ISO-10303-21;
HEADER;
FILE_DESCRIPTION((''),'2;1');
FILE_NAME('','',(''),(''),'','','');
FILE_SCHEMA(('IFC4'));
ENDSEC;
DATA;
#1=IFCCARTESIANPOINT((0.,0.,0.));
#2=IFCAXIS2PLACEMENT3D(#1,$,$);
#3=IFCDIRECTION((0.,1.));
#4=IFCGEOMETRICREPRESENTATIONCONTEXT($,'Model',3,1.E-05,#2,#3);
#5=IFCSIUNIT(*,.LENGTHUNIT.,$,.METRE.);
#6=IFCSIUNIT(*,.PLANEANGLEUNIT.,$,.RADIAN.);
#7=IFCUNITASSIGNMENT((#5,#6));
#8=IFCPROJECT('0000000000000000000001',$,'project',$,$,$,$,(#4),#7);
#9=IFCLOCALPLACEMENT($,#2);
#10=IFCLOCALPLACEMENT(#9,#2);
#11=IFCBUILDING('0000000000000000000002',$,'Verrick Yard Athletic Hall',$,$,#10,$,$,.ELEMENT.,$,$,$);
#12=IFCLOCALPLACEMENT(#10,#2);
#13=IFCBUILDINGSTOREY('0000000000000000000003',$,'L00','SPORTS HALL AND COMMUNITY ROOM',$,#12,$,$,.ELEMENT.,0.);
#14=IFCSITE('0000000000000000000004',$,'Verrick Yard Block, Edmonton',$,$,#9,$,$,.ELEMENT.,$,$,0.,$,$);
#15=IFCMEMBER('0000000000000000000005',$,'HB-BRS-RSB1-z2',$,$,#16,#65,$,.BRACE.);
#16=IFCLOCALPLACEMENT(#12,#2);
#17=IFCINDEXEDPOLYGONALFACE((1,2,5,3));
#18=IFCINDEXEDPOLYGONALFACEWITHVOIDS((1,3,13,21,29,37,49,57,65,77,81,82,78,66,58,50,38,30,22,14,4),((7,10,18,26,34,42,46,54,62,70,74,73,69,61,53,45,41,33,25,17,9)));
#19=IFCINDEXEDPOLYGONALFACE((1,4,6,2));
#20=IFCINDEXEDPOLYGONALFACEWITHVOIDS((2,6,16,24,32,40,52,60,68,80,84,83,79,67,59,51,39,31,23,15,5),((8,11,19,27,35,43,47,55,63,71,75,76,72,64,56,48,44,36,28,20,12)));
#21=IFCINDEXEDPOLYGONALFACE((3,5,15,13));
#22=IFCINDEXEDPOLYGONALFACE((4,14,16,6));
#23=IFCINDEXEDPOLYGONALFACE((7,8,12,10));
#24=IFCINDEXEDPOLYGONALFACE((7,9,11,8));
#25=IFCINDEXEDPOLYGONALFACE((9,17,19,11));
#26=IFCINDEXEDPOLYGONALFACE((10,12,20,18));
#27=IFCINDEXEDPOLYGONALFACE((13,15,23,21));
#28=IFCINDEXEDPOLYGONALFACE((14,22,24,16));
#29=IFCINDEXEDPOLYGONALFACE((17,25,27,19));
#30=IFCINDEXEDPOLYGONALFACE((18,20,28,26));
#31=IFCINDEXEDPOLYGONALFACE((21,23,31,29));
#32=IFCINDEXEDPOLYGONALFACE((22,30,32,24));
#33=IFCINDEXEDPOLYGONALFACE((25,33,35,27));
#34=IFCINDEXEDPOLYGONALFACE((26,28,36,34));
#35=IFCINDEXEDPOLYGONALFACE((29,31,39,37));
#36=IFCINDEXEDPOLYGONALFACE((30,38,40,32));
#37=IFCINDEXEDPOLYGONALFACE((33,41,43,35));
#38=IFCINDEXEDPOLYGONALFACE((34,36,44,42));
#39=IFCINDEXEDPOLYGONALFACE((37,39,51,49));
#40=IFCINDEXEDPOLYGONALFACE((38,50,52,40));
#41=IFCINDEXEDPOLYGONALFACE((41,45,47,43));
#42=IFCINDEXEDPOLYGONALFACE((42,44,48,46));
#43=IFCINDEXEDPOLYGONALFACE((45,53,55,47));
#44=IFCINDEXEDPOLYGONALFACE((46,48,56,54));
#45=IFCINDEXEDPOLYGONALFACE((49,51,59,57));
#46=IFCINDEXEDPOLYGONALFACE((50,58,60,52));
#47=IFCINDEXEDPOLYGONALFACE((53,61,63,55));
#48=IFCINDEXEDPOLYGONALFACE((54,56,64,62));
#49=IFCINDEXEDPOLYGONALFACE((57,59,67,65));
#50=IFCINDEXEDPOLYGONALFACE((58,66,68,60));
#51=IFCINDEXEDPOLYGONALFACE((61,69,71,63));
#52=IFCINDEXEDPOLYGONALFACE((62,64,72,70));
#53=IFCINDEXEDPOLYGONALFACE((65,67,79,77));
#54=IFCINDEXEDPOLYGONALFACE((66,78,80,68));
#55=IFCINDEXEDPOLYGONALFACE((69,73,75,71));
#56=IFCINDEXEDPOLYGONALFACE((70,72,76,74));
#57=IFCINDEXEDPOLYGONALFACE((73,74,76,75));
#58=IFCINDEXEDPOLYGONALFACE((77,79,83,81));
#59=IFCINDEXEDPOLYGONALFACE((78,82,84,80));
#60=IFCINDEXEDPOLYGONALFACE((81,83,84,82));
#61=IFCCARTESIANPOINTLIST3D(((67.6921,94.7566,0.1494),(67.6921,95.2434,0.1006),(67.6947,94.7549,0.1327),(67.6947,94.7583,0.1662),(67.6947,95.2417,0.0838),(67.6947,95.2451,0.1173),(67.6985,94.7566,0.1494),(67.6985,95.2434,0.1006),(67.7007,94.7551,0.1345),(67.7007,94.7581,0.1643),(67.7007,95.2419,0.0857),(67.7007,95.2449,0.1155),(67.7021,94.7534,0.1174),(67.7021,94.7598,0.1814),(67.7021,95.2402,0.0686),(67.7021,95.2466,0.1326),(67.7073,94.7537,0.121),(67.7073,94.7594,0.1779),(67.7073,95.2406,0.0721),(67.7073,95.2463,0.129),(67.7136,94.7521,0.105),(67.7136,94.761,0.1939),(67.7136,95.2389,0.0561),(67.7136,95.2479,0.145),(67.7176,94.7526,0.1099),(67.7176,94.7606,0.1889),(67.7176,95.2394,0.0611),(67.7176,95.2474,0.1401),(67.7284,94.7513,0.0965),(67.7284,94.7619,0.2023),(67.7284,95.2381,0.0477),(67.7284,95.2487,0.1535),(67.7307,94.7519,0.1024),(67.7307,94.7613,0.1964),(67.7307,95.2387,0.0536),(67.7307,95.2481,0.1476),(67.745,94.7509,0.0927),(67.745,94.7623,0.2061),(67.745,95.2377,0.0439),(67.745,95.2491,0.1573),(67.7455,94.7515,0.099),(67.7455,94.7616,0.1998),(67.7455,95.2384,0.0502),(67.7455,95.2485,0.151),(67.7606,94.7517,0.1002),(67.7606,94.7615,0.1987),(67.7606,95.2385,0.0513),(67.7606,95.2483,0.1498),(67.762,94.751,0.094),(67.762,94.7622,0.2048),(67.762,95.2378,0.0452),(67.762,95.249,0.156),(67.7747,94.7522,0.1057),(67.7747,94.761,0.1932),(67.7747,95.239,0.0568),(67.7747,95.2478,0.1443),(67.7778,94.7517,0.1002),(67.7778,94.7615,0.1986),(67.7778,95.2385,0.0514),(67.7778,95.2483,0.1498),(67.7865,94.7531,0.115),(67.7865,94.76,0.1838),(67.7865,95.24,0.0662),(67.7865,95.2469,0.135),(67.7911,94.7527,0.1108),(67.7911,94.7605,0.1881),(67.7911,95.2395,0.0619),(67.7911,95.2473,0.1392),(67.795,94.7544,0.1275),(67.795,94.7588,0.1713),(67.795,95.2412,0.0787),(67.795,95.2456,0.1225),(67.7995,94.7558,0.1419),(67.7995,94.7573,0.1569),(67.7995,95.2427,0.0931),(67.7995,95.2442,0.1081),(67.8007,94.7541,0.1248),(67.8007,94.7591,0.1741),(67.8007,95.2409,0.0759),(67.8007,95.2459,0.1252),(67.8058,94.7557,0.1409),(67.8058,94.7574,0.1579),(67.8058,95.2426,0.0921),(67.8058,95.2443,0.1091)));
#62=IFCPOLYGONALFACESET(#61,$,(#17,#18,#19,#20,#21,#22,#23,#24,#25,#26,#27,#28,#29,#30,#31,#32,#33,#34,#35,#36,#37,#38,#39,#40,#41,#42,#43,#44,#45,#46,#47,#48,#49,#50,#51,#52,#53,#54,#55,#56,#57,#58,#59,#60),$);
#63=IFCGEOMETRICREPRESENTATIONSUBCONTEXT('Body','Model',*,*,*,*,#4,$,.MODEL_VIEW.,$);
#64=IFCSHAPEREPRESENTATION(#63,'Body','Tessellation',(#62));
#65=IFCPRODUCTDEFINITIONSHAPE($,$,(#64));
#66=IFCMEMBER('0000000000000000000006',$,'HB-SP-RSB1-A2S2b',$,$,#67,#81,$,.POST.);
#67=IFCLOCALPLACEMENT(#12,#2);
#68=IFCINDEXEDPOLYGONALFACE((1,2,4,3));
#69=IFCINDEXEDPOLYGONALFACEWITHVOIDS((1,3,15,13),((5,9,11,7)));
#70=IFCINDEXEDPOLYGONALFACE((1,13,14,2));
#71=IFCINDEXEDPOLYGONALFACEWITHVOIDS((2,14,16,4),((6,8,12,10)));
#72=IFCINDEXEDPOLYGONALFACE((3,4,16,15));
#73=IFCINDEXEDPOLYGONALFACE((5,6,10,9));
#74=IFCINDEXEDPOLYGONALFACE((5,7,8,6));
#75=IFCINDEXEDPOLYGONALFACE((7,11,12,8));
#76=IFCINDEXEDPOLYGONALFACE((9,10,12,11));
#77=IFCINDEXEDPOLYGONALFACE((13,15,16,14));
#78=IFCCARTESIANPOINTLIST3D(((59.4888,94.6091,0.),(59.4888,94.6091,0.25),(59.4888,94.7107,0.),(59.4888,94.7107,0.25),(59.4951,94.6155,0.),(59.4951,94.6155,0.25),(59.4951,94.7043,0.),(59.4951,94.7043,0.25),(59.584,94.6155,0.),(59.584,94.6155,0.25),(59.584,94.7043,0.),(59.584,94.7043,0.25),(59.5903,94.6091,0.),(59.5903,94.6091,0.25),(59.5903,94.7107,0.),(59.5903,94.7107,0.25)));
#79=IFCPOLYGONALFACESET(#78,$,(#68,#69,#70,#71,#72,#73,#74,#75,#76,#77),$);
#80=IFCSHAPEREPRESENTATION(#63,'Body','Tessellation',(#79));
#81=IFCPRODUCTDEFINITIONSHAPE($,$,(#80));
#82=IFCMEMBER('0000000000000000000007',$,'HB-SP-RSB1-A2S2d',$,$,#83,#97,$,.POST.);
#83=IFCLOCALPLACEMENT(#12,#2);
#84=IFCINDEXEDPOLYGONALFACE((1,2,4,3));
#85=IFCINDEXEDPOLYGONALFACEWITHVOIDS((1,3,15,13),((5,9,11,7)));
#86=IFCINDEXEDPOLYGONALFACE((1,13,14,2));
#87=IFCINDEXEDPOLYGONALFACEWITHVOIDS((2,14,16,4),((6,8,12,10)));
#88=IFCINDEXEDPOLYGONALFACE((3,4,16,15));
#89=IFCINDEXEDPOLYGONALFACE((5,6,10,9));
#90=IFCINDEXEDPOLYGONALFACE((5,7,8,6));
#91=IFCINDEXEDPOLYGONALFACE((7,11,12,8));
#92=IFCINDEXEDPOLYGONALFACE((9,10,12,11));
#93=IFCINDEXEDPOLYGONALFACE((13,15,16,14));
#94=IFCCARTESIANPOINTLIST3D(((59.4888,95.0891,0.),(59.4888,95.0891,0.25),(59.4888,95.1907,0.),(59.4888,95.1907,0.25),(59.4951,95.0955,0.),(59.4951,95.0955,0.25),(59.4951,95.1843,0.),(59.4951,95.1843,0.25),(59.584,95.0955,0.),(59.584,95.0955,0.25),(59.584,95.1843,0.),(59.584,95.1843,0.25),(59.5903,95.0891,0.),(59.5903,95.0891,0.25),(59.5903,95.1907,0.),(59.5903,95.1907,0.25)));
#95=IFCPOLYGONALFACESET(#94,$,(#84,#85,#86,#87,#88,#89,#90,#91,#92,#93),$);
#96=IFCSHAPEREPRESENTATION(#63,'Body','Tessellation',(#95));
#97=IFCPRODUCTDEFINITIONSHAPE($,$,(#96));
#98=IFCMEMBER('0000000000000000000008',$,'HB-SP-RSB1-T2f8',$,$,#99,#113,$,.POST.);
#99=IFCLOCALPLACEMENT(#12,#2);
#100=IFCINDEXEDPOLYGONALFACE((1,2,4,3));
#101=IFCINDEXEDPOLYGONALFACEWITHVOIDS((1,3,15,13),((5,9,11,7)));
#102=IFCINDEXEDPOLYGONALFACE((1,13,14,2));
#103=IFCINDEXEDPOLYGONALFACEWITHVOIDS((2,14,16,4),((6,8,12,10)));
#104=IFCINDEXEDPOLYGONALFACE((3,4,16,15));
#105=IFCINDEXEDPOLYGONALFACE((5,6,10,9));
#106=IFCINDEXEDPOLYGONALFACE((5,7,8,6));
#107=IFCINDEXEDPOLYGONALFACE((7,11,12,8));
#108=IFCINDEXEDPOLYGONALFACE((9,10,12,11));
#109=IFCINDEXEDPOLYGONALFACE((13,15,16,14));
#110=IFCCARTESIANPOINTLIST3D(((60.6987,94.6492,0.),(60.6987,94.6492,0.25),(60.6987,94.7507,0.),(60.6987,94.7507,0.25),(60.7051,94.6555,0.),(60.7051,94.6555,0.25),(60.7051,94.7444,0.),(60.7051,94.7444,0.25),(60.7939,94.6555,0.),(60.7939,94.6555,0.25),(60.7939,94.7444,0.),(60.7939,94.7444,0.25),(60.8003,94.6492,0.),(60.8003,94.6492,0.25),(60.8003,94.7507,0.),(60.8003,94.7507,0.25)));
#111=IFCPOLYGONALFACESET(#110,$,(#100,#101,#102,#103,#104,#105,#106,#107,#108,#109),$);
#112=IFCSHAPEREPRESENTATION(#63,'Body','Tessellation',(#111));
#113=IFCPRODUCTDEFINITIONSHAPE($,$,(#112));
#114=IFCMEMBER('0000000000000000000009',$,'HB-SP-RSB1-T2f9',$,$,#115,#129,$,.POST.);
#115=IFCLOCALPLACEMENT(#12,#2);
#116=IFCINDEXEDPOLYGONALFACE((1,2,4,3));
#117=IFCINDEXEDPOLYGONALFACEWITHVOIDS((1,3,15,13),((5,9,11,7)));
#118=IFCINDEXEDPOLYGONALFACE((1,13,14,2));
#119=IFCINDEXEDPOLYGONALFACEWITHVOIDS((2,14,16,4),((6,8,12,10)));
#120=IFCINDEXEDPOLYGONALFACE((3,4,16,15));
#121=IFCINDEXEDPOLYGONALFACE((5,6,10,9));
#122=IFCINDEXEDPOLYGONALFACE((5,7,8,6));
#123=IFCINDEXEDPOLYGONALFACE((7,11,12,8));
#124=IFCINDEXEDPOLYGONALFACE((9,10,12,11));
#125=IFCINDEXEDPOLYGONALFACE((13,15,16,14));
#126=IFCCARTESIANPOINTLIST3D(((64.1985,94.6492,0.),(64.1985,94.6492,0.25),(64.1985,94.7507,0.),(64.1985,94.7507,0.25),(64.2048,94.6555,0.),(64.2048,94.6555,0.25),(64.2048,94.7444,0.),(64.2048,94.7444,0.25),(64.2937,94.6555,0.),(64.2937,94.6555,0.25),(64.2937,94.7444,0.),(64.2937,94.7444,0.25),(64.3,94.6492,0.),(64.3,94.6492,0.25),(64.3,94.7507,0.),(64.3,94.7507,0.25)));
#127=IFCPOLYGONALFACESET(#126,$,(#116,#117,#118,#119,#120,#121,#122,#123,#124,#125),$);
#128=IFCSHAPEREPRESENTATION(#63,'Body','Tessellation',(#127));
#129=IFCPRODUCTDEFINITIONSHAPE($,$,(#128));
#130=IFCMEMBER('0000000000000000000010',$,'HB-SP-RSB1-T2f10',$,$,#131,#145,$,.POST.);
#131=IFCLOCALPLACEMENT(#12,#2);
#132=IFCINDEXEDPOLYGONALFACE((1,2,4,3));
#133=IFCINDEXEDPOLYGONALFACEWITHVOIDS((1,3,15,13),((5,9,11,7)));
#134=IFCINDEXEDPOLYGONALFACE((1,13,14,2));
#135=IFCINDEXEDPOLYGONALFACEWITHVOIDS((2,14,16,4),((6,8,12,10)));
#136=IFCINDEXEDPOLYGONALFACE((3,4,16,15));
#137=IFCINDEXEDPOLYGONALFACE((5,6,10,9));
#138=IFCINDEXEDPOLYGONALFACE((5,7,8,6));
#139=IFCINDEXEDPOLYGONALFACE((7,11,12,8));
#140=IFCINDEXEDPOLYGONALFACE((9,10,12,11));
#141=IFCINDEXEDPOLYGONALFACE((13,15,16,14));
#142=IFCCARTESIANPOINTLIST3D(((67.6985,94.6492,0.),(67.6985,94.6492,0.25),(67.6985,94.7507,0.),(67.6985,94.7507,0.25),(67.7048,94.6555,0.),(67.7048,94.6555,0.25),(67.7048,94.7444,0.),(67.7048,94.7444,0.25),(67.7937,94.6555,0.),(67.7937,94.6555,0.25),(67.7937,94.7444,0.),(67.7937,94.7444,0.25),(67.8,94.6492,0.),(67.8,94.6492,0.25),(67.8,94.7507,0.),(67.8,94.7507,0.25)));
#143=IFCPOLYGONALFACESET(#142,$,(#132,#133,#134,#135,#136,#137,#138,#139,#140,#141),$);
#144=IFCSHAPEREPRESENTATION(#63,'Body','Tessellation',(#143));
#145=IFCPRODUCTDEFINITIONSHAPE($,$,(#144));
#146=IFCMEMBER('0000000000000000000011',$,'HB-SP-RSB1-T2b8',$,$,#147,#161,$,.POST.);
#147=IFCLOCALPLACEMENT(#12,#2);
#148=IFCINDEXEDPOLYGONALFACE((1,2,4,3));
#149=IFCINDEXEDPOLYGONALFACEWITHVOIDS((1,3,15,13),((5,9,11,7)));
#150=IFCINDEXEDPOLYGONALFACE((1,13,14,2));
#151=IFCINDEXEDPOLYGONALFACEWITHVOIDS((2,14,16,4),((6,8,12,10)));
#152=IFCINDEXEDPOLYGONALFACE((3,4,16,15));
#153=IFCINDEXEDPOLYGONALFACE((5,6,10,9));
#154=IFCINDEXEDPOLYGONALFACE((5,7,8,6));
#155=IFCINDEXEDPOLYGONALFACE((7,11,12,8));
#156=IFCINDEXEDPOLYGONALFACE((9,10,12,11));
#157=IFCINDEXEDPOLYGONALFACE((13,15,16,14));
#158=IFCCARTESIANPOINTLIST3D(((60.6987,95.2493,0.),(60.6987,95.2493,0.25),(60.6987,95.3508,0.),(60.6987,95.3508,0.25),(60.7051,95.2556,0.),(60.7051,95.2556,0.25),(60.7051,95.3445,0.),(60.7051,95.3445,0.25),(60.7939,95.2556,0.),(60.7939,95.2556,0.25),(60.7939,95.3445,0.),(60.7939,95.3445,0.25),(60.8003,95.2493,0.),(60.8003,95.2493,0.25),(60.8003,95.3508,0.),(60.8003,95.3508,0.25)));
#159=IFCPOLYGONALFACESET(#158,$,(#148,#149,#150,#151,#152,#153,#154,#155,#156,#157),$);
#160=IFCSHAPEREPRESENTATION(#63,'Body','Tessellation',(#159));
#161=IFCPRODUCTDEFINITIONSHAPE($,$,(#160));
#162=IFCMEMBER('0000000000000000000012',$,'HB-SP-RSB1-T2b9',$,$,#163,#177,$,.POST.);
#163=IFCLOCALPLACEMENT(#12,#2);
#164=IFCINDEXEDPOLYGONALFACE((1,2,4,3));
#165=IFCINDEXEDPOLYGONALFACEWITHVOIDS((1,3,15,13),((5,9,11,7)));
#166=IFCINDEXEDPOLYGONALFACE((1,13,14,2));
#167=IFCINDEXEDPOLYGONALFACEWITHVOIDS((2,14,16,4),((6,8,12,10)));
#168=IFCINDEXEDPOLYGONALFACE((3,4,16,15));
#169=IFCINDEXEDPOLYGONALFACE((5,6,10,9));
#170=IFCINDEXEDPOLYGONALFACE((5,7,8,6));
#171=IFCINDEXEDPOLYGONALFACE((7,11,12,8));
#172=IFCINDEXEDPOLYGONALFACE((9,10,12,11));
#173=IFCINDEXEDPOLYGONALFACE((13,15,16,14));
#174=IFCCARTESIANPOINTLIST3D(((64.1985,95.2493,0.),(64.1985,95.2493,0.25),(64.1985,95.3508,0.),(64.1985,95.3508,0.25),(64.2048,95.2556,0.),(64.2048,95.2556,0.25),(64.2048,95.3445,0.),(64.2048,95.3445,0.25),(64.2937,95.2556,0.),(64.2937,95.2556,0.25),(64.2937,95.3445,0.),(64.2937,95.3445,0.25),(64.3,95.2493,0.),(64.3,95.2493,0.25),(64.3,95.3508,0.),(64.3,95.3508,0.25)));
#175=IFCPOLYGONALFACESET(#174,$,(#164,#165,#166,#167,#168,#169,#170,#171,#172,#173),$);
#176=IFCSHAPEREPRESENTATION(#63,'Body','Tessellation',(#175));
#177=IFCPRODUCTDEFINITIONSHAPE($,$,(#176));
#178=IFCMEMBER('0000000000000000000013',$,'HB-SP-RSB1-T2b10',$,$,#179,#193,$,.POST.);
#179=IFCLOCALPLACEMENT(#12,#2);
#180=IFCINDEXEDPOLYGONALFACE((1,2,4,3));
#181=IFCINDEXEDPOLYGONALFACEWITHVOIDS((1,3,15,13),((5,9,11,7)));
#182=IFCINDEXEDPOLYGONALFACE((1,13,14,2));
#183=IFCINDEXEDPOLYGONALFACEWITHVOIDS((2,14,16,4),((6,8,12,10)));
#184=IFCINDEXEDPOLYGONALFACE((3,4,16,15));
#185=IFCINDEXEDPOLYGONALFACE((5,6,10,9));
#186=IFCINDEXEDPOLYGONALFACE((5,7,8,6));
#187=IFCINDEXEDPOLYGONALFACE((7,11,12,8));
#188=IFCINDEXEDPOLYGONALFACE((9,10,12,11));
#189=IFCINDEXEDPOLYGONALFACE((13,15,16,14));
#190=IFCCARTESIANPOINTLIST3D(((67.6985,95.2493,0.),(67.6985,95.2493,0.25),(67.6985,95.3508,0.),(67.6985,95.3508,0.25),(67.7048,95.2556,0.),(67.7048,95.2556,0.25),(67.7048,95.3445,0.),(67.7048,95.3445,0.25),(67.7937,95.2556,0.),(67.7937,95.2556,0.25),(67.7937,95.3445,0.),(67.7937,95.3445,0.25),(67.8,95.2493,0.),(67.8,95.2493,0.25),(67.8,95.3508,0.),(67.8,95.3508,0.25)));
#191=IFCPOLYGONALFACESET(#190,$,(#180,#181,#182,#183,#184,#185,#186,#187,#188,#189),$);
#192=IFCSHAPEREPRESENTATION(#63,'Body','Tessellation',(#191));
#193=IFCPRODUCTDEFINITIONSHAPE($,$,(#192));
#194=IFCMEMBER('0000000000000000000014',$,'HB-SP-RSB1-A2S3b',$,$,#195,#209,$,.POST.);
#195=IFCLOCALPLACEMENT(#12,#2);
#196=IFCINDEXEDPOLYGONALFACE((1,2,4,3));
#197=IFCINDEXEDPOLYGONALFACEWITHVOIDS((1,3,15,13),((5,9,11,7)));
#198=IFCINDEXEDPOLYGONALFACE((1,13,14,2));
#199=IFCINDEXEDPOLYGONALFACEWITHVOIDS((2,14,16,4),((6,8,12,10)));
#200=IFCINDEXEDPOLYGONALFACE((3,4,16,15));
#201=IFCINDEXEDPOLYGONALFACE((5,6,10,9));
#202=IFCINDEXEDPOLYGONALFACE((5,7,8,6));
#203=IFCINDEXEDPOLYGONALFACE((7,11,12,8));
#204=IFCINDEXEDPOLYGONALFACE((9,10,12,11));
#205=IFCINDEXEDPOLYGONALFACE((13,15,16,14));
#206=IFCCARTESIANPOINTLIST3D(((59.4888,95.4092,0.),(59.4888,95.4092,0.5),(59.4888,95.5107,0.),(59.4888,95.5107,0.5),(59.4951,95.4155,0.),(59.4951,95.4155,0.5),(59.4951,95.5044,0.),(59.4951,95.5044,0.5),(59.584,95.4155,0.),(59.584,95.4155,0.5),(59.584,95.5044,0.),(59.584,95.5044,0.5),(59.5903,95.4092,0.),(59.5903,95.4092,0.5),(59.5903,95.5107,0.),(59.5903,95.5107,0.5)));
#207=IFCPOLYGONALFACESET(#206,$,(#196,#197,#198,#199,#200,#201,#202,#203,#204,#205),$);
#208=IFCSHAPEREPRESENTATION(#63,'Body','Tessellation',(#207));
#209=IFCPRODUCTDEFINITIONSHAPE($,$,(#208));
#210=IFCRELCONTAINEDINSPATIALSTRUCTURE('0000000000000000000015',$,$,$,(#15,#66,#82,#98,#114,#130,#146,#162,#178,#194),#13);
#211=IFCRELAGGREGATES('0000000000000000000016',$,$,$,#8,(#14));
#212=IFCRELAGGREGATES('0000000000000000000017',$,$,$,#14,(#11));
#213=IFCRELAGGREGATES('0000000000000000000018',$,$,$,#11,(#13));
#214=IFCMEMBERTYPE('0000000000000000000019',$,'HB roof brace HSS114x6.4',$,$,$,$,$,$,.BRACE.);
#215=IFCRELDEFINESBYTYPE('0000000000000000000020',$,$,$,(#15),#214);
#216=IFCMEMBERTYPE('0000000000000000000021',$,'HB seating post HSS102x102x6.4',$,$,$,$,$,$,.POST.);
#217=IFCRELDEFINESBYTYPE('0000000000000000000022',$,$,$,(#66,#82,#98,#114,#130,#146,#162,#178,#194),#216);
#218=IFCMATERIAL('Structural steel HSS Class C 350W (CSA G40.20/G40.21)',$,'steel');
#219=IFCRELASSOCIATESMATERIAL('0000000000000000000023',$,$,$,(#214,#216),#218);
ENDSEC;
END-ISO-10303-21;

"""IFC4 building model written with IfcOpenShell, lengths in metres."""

from ifc_helpers import new_model, si_unit, direction, frame, origin, origin_2d, place, context, subcontext, project, spatial, hollow_rectangle, hollow_circle, extrude, material, material_profile, profile_set, type_object, element, save


model = new_model("IFC4")

# Units and contexts
model_context = context("Model", 3, precision=1e-05, world=origin(), true_north=direction((0.0, 1.0)))
body_context = subcontext(model_context, "Body", "Model", "MODEL_VIEW")
ifc_project = project(units=[si_unit("LENGTHUNIT", "METRE"), si_unit("PLANEANGLEUNIT", "RADIAN")], contexts=[model_context])

# Site, building, storey
site_placement = place(None, origin())
site = spatial("IfcSite", under=ifc_project, at=site_placement, Name="Verrick Yard Block, Edmonton", CompositionType="ELEMENT", RefElevation=0.0)
building_placement = place(site_placement, origin())
building = spatial("IfcBuilding", under=site, at=building_placement, Name="Verrick Yard Athletic Hall", CompositionType="ELEMENT")
storey_placement = place(building_placement, origin())
storey = spatial("IfcBuildingStorey", under=building, at=storey_placement, Name="L00", Description="SPORTS HALL AND COMMUNITY ROOM", CompositionType="ELEMENT", Elevation=0.0)

# Members
ifc_material = material(Name="Structural steel HSS Class C 350W (CSA G40.20/G40.21)", Category="steel")
ifc_material_profile_1 = material_profile(ifc_material, hollow_circle(Radius=0.0571, WallThickness=0.0063, at=origin_2d()), Name="HSS114x6.4")
ifc_profile_set_1 = profile_set([ifc_material_profile_1], Name="Structural steel HSS Class C 350W (CSA G40.20/G40.21)")
member_type_1 = type_object("IfcMemberType", Name="HB roof brace HSS114x6.4", PredefinedType="BRACE", material=ifc_profile_set_1)
member_placement = place(storey_placement, frame((67.7493, 94.7566, 0.1494), z_axis=(0.0, 0.995008, -0.0998), x_axis=(-1.0, 0.0, 0.0)))
element("IfcMember", 1, at=member_placement, inside=storey, type_object=member_type_1, Name="HB-BRS-RSB1-z2", PredefinedType="BRACE", context=body_context, shape_type="SweptSolid", body=[
    extrude(hollow_circle(Radius=0.0571, WallThickness=0.0063, at=origin_2d()), origin(), (0.0, 0.0, 1.0), 0.4893),
])
ifc_material_profile_2 = material_profile(ifc_material, hollow_rectangle(XDim=0.1016, YDim=0.1016, WallThickness=0.0063, at=origin_2d()), Name="HSS102x102x6.4")
ifc_profile_set_2 = profile_set([ifc_material_profile_2], Name="Structural steel HSS Class C 350W (CSA G40.20/G40.21)")
member_type_2 = type_object("IfcMemberType", Name="HB seating post HSS102x102x6.4", PredefinedType="POST", material=ifc_profile_set_2)
for number, where, z_axis, x_axis, name in (
    (2, (59.5396, 94.6599, 0.0), (0.0, 0.0, 1.0), (0.0, 1.0, 0.0), "HB-SP-RSB1-A2S2b"),
    (3, (59.5396, 95.1399, 0.0), (0.0, 0.0, 1.0), (0.0, 1.0, 0.0), "HB-SP-RSB1-A2S2d"),
    (4, (60.7495, 94.7, 0.0), (0.0, 0.0, 1.0), (0.0, 1.0, 0.0), "HB-SP-RSB1-T2f8"),
    (5, (64.2493, 94.7, 0.0), (0.0, 0.0, 1.0), (0.0, 1.0, 0.0), "HB-SP-RSB1-T2f9"),
    (6, (67.7493, 94.7, 0.0), (0.0, 0.0, 1.0), (0.0, 1.0, 0.0), "HB-SP-RSB1-T2f10"),
    (7, (60.7495, 95.3, 0.0), (0.0, 0.0, 1.0), (0.0, 1.0, 0.0), "HB-SP-RSB1-T2b8"),
    (8, (64.2493, 95.3, 0.0), (0.0, 0.0, 1.0), (0.0, 1.0, 0.0), "HB-SP-RSB1-T2b9"),
    (9, (67.7493, 95.3, 0.0), (0.0, 0.0, 1.0), (0.0, 1.0, 0.0), "HB-SP-RSB1-T2b10"),
):
    element("IfcMember", number, at=place(storey_placement, frame(where, z_axis=z_axis, x_axis=x_axis)), inside=storey, type_object=member_type_2, Name=name, PredefinedType="POST", context=body_context, shape_type="SweptSolid", body=[
        extrude(hollow_rectangle(XDim=0.1016, YDim=0.1016, WallThickness=0.0063, at=origin_2d()), origin(), (0.0, 0.0, 1.0), 0.25),
    ])
for number, where, z_axis, x_axis, name in (
    (10, (59.5396, 95.46, 0.0), (0.0, 0.0, 1.0), (0.0, 1.0, 0.0), "HB-SP-RSB1-A2S3b"),
):
    element("IfcMember", number, at=place(storey_placement, frame(where, z_axis=z_axis, x_axis=x_axis)), inside=storey, type_object=member_type_2, Name=name, PredefinedType="POST", context=body_context, shape_type="SweptSolid", body=[
        extrude(hollow_rectangle(XDim=0.1016, YDim=0.1016, WallThickness=0.0063, at=origin_2d()), origin(), (0.0, 0.0, 1.0), 0.5),
    ])

save(model, "model.ifc")
